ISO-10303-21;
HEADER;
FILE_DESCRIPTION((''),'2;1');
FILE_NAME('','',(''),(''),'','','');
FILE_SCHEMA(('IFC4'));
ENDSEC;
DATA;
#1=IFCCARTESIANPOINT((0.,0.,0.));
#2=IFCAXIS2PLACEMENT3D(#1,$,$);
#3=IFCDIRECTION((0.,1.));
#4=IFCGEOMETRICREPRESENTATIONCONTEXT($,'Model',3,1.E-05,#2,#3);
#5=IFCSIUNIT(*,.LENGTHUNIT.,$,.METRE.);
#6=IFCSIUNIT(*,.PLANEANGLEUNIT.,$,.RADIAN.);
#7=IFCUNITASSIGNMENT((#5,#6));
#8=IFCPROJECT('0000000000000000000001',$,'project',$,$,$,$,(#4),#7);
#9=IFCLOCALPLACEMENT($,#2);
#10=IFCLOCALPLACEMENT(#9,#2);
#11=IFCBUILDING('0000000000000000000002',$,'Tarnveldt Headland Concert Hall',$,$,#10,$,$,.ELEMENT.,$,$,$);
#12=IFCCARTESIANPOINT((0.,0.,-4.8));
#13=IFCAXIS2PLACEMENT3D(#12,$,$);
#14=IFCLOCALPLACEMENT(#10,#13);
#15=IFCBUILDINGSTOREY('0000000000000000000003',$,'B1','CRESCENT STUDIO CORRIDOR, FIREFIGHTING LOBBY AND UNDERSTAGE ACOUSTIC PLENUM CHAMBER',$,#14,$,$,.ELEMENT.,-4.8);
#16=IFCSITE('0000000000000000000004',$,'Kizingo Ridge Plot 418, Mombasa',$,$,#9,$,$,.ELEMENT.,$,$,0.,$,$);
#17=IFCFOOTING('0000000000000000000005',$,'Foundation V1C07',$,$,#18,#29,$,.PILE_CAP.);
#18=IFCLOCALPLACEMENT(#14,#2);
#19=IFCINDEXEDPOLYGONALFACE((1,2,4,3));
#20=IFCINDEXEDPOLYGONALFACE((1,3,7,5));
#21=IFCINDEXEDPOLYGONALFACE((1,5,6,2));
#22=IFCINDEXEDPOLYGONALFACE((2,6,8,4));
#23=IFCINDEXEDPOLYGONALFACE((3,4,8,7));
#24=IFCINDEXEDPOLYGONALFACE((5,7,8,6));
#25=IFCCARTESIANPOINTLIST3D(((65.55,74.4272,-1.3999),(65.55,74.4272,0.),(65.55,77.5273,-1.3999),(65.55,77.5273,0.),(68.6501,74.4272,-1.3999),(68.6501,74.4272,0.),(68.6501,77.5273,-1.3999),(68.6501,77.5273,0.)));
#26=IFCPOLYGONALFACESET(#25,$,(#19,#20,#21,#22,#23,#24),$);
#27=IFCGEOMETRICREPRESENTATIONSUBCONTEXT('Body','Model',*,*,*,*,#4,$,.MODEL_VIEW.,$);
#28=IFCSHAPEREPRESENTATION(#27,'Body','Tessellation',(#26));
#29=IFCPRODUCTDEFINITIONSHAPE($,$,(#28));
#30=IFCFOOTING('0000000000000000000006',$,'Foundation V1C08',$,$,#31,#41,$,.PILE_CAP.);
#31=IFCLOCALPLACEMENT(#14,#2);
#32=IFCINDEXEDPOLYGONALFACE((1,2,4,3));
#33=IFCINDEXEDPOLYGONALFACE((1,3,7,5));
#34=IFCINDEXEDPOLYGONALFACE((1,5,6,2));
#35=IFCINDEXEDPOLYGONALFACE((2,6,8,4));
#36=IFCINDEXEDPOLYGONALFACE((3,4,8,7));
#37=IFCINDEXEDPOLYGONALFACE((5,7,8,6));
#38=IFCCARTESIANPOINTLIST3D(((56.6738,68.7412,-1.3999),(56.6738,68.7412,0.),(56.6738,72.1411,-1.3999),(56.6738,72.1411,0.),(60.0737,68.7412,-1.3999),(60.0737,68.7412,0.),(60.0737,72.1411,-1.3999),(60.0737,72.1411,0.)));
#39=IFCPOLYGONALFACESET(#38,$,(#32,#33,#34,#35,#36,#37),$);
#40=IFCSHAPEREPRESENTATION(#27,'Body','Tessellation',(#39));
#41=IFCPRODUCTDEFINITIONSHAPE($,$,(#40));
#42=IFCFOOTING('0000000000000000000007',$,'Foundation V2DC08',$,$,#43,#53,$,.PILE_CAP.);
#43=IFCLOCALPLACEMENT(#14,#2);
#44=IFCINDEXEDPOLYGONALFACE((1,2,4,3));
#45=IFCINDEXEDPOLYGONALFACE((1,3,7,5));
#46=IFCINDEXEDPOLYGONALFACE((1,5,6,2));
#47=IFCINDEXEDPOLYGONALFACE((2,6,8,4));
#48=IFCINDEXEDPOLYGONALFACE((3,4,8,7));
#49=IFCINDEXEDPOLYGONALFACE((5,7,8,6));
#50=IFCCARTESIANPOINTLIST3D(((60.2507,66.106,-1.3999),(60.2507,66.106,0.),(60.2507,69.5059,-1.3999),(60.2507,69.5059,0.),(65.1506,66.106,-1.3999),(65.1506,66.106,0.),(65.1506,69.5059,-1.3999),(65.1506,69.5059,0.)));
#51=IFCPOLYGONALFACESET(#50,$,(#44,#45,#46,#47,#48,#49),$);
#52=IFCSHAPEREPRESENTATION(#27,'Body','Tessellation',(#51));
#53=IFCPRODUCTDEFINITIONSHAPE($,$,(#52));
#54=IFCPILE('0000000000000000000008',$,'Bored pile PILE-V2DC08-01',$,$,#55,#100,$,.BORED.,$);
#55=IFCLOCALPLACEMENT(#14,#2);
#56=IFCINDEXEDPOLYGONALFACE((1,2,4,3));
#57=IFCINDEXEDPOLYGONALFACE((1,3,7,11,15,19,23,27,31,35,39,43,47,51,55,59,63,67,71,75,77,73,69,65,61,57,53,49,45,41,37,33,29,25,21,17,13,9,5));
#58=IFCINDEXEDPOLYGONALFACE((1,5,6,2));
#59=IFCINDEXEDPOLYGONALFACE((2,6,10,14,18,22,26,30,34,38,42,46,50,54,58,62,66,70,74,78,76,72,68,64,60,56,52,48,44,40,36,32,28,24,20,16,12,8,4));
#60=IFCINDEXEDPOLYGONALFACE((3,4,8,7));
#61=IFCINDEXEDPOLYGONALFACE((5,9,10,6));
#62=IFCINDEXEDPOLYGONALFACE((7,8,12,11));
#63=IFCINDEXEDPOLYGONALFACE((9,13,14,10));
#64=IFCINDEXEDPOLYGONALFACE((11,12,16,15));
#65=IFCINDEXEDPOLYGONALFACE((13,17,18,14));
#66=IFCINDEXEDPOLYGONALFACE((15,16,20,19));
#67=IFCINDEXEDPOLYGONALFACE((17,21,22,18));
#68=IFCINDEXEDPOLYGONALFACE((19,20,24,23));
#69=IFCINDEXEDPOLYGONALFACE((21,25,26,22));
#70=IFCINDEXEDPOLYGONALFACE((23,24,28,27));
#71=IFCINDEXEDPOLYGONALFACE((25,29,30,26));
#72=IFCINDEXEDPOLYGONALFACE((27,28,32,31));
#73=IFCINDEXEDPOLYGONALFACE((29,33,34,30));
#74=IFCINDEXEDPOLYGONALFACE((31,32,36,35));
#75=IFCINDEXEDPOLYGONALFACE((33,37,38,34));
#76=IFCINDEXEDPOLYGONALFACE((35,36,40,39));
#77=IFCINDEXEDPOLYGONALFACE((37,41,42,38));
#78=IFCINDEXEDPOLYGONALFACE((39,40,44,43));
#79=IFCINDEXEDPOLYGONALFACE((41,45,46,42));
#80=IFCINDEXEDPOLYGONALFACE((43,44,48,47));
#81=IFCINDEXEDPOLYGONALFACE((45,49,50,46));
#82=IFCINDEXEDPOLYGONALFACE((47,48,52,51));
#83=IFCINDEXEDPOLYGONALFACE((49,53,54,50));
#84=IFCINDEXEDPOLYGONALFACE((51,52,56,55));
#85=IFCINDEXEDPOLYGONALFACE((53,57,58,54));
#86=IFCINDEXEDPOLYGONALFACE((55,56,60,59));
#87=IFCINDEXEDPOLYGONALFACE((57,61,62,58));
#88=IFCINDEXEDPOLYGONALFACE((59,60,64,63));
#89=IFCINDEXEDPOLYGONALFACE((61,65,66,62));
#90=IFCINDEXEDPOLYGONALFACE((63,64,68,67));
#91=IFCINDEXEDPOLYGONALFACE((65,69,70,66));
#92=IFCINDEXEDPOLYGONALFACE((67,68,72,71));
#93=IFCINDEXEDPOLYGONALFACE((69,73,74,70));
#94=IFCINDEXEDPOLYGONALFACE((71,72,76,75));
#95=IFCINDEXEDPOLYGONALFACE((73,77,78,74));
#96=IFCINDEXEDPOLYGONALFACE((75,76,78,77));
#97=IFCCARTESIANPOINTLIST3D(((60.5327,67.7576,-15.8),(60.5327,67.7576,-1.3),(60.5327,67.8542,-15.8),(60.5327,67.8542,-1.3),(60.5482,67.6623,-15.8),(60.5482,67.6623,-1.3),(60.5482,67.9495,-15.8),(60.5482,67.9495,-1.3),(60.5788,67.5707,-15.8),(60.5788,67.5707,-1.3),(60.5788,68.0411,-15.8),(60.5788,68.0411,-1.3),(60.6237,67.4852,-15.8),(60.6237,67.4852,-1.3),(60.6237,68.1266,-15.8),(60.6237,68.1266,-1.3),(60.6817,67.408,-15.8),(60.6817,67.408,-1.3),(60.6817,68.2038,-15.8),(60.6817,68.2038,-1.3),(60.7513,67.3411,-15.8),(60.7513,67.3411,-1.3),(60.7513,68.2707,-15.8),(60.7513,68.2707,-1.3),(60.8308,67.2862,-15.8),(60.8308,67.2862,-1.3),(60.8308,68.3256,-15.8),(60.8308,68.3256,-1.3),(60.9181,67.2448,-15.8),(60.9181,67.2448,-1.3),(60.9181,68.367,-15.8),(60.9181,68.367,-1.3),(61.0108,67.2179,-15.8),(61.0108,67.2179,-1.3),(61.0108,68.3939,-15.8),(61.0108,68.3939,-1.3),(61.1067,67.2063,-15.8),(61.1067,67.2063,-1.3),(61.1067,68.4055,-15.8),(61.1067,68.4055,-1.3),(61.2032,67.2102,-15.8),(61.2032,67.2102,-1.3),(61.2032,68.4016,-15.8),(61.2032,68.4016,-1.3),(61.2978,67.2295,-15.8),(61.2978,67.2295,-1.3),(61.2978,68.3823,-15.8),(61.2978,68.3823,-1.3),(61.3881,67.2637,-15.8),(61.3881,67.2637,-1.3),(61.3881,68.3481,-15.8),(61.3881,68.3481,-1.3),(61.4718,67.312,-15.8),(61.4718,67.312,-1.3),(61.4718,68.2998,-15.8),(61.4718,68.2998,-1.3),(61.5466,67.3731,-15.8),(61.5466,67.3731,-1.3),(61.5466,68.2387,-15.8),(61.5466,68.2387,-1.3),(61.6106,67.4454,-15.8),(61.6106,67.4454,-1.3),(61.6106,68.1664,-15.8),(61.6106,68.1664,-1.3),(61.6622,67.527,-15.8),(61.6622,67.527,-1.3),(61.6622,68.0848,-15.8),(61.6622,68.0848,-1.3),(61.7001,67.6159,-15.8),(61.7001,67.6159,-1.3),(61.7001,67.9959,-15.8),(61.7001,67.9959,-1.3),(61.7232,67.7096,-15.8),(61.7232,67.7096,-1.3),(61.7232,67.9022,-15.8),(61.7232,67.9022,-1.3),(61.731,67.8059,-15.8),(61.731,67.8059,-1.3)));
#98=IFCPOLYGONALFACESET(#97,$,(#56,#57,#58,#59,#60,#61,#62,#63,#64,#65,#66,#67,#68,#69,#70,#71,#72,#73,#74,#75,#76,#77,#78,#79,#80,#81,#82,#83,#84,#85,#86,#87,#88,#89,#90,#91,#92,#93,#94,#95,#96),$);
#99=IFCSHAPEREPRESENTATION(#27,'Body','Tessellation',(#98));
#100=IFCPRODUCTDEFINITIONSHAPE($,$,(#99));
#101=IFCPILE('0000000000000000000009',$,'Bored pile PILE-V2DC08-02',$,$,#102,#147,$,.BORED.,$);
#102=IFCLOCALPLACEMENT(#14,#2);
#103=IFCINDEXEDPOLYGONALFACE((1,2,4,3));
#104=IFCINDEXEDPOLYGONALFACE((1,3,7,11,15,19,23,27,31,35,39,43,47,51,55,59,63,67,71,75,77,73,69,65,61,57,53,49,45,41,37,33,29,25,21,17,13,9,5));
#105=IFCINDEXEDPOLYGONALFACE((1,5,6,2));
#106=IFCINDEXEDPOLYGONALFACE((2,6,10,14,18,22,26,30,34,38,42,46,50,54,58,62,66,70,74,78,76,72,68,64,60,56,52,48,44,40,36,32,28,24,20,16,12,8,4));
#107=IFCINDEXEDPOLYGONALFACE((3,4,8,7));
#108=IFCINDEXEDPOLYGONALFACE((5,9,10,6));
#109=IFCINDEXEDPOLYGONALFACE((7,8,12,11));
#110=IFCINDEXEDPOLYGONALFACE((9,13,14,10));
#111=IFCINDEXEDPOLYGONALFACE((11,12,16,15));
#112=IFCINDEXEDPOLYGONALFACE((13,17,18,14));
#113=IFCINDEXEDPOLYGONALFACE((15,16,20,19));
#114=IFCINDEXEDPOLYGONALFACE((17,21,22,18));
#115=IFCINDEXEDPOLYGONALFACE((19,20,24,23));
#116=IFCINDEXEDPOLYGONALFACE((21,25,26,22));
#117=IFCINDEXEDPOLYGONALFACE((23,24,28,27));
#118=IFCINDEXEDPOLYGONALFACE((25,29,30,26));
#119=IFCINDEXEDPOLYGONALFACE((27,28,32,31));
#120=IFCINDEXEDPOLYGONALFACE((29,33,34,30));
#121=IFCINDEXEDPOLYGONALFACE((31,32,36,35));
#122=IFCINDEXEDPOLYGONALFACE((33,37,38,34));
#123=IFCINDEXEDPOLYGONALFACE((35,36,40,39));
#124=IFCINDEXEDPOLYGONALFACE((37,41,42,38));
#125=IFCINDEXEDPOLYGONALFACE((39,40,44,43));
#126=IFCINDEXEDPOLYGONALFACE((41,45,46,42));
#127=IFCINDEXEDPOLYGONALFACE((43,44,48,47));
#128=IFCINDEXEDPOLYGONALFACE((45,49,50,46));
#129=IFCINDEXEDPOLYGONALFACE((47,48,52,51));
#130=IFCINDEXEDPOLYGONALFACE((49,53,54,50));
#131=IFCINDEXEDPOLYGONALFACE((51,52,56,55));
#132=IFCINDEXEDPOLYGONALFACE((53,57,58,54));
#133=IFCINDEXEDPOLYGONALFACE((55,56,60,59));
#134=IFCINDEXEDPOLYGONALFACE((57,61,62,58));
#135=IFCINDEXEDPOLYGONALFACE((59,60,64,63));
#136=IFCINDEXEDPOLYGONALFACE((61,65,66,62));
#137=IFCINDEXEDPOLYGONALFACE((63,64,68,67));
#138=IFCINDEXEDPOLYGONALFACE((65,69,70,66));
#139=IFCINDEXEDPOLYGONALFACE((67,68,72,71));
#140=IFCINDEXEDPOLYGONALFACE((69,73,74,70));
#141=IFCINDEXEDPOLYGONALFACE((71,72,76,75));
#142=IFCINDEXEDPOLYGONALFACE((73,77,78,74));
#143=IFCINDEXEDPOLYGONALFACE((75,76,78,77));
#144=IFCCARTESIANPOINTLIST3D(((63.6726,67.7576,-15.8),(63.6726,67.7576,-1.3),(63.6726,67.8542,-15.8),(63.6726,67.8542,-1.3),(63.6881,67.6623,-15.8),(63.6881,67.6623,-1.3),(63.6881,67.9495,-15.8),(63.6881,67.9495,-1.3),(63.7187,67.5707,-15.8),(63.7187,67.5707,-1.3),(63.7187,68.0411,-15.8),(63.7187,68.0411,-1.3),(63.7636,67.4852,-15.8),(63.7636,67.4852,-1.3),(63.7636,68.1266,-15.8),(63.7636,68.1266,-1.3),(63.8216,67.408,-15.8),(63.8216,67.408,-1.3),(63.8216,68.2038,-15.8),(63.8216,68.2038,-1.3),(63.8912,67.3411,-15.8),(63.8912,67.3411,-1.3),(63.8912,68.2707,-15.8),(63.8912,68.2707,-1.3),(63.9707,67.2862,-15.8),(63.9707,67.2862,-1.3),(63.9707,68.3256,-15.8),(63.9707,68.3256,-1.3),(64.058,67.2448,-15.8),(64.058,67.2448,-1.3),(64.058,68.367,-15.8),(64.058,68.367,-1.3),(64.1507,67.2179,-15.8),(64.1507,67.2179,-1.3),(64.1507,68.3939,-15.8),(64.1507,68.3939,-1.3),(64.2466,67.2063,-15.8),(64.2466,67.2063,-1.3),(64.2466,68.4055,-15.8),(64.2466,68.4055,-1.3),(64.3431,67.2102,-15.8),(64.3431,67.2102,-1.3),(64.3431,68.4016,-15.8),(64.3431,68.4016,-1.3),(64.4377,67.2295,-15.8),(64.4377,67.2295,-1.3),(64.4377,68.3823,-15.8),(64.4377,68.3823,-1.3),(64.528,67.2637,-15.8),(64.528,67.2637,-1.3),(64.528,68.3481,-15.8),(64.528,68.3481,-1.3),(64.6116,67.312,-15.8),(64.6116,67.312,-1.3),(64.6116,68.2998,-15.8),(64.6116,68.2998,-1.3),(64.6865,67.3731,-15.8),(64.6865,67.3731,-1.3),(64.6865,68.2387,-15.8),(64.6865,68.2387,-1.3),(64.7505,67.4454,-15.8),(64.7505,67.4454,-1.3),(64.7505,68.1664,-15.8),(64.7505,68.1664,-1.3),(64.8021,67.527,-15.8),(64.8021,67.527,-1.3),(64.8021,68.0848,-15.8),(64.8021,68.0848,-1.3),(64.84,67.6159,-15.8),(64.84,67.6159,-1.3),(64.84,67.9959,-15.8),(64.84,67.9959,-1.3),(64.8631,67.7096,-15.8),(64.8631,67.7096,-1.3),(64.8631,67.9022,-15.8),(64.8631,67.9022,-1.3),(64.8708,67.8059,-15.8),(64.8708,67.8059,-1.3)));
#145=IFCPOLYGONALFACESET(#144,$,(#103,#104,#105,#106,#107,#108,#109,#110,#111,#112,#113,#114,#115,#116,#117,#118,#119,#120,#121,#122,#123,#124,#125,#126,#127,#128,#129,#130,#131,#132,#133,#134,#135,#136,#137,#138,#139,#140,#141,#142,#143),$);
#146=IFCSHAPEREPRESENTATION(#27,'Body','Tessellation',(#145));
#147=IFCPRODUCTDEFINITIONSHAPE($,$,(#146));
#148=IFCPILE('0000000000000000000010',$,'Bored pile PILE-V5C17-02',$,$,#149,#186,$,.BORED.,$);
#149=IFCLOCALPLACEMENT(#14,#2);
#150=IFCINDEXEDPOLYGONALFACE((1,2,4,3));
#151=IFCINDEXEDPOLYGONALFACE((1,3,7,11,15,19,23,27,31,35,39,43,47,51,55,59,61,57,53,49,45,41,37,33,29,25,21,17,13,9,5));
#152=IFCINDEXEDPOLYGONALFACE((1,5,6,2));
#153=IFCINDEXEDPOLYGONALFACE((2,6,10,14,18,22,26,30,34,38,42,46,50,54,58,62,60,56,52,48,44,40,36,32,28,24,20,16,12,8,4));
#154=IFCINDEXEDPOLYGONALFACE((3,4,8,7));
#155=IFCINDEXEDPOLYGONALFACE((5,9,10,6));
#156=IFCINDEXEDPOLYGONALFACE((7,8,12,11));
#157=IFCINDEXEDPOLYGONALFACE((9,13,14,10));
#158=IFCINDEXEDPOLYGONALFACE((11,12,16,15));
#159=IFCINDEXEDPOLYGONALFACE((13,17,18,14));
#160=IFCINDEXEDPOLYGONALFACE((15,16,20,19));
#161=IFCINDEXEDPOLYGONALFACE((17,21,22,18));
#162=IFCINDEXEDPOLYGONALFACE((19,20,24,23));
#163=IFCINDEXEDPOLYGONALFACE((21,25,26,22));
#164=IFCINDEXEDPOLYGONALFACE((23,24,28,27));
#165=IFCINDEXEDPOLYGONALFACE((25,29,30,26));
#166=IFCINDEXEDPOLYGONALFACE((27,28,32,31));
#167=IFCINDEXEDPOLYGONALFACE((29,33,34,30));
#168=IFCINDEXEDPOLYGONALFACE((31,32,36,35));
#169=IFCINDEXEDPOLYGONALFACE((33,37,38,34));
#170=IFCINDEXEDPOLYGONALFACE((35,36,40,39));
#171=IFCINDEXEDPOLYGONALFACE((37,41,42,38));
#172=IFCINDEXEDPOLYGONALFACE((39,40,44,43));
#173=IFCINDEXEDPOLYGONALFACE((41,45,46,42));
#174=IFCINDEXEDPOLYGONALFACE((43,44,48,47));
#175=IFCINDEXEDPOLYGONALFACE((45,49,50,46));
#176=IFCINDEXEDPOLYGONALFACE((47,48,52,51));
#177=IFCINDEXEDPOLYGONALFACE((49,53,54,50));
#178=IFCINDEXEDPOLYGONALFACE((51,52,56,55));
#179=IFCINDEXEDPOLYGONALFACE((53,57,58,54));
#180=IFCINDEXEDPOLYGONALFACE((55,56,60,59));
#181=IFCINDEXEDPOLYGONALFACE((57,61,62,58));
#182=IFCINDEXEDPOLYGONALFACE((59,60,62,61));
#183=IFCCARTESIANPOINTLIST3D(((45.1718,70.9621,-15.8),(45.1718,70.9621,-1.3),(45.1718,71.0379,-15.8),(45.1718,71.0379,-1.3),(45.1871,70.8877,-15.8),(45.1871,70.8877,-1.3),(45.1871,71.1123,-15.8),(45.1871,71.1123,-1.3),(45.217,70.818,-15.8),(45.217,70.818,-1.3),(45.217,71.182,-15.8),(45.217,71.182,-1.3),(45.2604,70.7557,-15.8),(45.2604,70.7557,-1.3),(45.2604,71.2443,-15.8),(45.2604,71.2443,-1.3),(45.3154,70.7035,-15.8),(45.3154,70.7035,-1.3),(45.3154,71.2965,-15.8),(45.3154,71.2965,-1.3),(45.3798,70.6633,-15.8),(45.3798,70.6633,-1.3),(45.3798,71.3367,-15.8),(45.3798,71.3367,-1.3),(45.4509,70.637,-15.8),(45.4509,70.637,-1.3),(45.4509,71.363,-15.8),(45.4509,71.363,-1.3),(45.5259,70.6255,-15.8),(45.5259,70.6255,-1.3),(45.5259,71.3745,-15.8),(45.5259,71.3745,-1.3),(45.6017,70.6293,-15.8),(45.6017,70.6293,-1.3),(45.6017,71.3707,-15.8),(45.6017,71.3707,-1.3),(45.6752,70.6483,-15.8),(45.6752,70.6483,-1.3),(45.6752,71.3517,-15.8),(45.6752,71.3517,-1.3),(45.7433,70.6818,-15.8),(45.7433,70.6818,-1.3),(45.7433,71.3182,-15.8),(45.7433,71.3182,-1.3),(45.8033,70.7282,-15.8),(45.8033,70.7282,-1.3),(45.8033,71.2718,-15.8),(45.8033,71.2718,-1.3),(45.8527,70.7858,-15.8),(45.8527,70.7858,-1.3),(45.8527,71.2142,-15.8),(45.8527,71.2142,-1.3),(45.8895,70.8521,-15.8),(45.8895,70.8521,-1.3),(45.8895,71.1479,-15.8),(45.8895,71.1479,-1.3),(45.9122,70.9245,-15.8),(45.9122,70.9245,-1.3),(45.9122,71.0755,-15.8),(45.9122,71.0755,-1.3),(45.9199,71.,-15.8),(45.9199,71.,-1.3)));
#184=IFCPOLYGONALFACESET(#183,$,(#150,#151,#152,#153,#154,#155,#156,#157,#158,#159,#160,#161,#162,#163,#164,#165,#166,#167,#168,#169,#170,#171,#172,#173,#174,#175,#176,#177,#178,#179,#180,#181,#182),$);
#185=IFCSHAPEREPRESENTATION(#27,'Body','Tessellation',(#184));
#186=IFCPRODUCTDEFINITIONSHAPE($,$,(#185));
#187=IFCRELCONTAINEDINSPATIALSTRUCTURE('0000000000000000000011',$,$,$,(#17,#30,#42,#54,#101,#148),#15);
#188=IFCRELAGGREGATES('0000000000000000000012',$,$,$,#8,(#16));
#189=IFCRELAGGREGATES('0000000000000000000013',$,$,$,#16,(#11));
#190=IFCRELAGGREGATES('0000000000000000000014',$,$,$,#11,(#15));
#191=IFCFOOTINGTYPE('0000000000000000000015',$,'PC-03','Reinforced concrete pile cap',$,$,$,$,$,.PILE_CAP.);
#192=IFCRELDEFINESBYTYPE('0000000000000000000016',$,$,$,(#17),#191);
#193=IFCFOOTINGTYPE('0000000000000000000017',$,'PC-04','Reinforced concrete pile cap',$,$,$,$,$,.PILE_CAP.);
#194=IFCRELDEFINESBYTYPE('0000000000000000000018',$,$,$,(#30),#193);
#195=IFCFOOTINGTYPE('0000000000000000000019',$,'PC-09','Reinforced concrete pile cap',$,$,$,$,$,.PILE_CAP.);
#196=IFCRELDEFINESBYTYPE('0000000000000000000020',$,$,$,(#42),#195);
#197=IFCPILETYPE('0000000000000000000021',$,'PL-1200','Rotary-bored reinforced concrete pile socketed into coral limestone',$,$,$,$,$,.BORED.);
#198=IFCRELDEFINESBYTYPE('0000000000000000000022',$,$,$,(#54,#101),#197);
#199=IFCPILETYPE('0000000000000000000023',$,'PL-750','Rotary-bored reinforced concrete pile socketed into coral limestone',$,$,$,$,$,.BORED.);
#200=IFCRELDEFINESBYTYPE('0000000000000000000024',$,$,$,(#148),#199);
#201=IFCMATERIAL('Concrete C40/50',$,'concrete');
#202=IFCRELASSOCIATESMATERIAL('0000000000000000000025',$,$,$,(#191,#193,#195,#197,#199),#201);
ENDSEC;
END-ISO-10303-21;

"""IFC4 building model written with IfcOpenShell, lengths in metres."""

from ifc_helpers import new_model, si_unit, direction, frame, origin, origin_2d, place, context, subcontext, project, spatial, rectangle, circle, extrude, material, material_profile, profile_set, type_object, element, save


model = new_model("IFC4")

# Units and contexts
model_context = context("Model", 3, precision=1e-05, world=origin(), true_north=direction((0.0, 1.0)))
body_context = subcontext(model_context, "Body", "Model", "MODEL_VIEW")
ifc_project = project(units=[si_unit("LENGTHUNIT", "METRE"), si_unit("PLANEANGLEUNIT", "RADIAN")], contexts=[model_context])

# Site, building, storey
site_placement = place(None, origin())
site = spatial("IfcSite", under=ifc_project, at=site_placement, Name="Kizingo Ridge Plot 418, Mombasa", CompositionType="ELEMENT", RefElevation=0.0)
building_placement = place(site_placement, origin())
building = spatial("IfcBuilding", under=site, at=building_placement, Name="Tarnveldt Headland Concert Hall", CompositionType="ELEMENT")
storey_placement = place(building_placement, frame((0.0, 0.0, -4.8)))
storey = spatial("IfcBuildingStorey", under=building, at=storey_placement, Name="B1", Description="CRESCENT STUDIO CORRIDOR, FIREFIGHTING LOBBY AND UNDERSTAGE ACOUSTIC PLENUM CHAMBER", CompositionType="ELEMENT", Elevation=-4.8)

# Footings
ifc_material_1 = material(Name="Concrete C40/50", Category="concrete")
footing_type_1 = type_object("IfcFootingType", Name="PC-03", Description="Reinforced concrete pile cap", PredefinedType="PILE_CAP", material=ifc_material_1)
footing_1_placement = place(storey_placement, frame((67.1001, 75.9773, -1.3999), z_axis=(0.0, 0.0, 1.0), x_axis=(1.0, 0.0, 0.0)))
element("IfcFooting", 1, at=footing_1_placement, inside=storey, type_object=footing_type_1, Name="Foundation V1C07", PredefinedType="PILE_CAP", context=body_context, shape_type="SweptSolid", body=[
    extrude(rectangle(XDim=3.1001, YDim=3.1001, at=origin_2d()), origin(), (0.0, 0.0, 1.0), 1.3999),
])
footing_type_2 = type_object("IfcFootingType", Name="PC-04", Description="Reinforced concrete pile cap", PredefinedType="PILE_CAP", material=ifc_material_1)
footing_2_placement = place(storey_placement, frame((58.3738, 70.4412, -1.3999), z_axis=(0.0, 0.0, 1.0), x_axis=(1.0, 0.0, 0.0)))
element("IfcFooting", 2, at=footing_2_placement, inside=storey, type_object=footing_type_2, Name="Foundation V1C08", PredefinedType="PILE_CAP", context=body_context, shape_type="SweptSolid", body=[
    extrude(rectangle(XDim=3.3999, YDim=3.3999, at=origin_2d()), origin(), (0.0, 0.0, 1.0), 1.3999),
])
footing_type_3 = type_object("IfcFootingType", Name="PC-09", Description="Reinforced concrete pile cap", PredefinedType="PILE_CAP", material=ifc_material_1)
footing_3_placement = place(storey_placement, frame((62.7007, 67.8059, -1.3999), z_axis=(0.0, 0.0, 1.0), x_axis=(1.0, 0.0, 0.0)))
element("IfcFooting", 3, at=footing_3_placement, inside=storey, type_object=footing_type_3, Name="Foundation V2DC08", PredefinedType="PILE_CAP", context=body_context, shape_type="SweptSolid", body=[
    extrude(rectangle(XDim=4.8999, YDim=3.3999, at=origin_2d()), origin(), (0.0, 0.0, 1.0), 1.3999),
])

# Piles
ifc_material_profile_1 = material_profile(ifc_material_1, circle(Radius=0.6001, at=origin_2d()), Name="BORED PILE D1200", Category="concrete")
ifc_profile_set_1 = profile_set([ifc_material_profile_1], Name="Concrete C40/50")
pile_type_1 = type_object("IfcPileType", Name="PL-1200", Description="Rotary-bored reinforced concrete pile socketed into coral limestone", PredefinedType="BORED", material=ifc_profile_set_1)
for number, where, z_axis, x_axis, name in (
    (4, (61.1309, 67.8059, -1.3), (0.0, 0.0, -1.0), (1.0, 0.0, 0.0), "Bored pile PILE-V2DC08-01"),
    (5, (64.2708, 67.8059, -1.3), (0.0, 0.0, -1.0), (1.0, 0.0, 0.0), "Bored pile PILE-V2DC08-02"),
):
    element("IfcPile", number, at=place(storey_placement, frame(where, z_axis=z_axis, x_axis=x_axis)), inside=storey, type_object=pile_type_1, Name=name, PredefinedType="BORED", context=body_context, shape_type="SweptSolid", body=[
        extrude(circle(Radius=0.6001, at=origin_2d()), origin(), (0.0, 0.0, 1.0), 14.5),
    ])
ifc_material_profile_2 = material_profile(ifc_material_1, circle(Radius=0.375, at=origin_2d()), Name="BORED PILE D750", Category="concrete")
ifc_profile_set_2 = profile_set([ifc_material_profile_2], Name="Concrete C40/50")
pile_type_2 = type_object("IfcPileType", Name="PL-750", Description="Rotary-bored reinforced concrete pile socketed into coral limestone", PredefinedType="BORED", material=ifc_profile_set_2)
pile_1_placement = place(storey_placement, frame((45.5449, 71.0, -1.3), z_axis=(0.0, 0.0, -1.0), x_axis=(1.0, 0.0, 0.0)))
element("IfcPile", 6, at=pile_1_placement, inside=storey, type_object=pile_type_2, Name="Bored pile PILE-V5C17-02", PredefinedType="BORED", context=body_context, shape_type="SweptSolid", body=[
    extrude(circle(Radius=0.375, at=origin_2d()), origin(), (0.0, 0.0, 1.0), 14.5),
])

save(model, "model.ifc")
